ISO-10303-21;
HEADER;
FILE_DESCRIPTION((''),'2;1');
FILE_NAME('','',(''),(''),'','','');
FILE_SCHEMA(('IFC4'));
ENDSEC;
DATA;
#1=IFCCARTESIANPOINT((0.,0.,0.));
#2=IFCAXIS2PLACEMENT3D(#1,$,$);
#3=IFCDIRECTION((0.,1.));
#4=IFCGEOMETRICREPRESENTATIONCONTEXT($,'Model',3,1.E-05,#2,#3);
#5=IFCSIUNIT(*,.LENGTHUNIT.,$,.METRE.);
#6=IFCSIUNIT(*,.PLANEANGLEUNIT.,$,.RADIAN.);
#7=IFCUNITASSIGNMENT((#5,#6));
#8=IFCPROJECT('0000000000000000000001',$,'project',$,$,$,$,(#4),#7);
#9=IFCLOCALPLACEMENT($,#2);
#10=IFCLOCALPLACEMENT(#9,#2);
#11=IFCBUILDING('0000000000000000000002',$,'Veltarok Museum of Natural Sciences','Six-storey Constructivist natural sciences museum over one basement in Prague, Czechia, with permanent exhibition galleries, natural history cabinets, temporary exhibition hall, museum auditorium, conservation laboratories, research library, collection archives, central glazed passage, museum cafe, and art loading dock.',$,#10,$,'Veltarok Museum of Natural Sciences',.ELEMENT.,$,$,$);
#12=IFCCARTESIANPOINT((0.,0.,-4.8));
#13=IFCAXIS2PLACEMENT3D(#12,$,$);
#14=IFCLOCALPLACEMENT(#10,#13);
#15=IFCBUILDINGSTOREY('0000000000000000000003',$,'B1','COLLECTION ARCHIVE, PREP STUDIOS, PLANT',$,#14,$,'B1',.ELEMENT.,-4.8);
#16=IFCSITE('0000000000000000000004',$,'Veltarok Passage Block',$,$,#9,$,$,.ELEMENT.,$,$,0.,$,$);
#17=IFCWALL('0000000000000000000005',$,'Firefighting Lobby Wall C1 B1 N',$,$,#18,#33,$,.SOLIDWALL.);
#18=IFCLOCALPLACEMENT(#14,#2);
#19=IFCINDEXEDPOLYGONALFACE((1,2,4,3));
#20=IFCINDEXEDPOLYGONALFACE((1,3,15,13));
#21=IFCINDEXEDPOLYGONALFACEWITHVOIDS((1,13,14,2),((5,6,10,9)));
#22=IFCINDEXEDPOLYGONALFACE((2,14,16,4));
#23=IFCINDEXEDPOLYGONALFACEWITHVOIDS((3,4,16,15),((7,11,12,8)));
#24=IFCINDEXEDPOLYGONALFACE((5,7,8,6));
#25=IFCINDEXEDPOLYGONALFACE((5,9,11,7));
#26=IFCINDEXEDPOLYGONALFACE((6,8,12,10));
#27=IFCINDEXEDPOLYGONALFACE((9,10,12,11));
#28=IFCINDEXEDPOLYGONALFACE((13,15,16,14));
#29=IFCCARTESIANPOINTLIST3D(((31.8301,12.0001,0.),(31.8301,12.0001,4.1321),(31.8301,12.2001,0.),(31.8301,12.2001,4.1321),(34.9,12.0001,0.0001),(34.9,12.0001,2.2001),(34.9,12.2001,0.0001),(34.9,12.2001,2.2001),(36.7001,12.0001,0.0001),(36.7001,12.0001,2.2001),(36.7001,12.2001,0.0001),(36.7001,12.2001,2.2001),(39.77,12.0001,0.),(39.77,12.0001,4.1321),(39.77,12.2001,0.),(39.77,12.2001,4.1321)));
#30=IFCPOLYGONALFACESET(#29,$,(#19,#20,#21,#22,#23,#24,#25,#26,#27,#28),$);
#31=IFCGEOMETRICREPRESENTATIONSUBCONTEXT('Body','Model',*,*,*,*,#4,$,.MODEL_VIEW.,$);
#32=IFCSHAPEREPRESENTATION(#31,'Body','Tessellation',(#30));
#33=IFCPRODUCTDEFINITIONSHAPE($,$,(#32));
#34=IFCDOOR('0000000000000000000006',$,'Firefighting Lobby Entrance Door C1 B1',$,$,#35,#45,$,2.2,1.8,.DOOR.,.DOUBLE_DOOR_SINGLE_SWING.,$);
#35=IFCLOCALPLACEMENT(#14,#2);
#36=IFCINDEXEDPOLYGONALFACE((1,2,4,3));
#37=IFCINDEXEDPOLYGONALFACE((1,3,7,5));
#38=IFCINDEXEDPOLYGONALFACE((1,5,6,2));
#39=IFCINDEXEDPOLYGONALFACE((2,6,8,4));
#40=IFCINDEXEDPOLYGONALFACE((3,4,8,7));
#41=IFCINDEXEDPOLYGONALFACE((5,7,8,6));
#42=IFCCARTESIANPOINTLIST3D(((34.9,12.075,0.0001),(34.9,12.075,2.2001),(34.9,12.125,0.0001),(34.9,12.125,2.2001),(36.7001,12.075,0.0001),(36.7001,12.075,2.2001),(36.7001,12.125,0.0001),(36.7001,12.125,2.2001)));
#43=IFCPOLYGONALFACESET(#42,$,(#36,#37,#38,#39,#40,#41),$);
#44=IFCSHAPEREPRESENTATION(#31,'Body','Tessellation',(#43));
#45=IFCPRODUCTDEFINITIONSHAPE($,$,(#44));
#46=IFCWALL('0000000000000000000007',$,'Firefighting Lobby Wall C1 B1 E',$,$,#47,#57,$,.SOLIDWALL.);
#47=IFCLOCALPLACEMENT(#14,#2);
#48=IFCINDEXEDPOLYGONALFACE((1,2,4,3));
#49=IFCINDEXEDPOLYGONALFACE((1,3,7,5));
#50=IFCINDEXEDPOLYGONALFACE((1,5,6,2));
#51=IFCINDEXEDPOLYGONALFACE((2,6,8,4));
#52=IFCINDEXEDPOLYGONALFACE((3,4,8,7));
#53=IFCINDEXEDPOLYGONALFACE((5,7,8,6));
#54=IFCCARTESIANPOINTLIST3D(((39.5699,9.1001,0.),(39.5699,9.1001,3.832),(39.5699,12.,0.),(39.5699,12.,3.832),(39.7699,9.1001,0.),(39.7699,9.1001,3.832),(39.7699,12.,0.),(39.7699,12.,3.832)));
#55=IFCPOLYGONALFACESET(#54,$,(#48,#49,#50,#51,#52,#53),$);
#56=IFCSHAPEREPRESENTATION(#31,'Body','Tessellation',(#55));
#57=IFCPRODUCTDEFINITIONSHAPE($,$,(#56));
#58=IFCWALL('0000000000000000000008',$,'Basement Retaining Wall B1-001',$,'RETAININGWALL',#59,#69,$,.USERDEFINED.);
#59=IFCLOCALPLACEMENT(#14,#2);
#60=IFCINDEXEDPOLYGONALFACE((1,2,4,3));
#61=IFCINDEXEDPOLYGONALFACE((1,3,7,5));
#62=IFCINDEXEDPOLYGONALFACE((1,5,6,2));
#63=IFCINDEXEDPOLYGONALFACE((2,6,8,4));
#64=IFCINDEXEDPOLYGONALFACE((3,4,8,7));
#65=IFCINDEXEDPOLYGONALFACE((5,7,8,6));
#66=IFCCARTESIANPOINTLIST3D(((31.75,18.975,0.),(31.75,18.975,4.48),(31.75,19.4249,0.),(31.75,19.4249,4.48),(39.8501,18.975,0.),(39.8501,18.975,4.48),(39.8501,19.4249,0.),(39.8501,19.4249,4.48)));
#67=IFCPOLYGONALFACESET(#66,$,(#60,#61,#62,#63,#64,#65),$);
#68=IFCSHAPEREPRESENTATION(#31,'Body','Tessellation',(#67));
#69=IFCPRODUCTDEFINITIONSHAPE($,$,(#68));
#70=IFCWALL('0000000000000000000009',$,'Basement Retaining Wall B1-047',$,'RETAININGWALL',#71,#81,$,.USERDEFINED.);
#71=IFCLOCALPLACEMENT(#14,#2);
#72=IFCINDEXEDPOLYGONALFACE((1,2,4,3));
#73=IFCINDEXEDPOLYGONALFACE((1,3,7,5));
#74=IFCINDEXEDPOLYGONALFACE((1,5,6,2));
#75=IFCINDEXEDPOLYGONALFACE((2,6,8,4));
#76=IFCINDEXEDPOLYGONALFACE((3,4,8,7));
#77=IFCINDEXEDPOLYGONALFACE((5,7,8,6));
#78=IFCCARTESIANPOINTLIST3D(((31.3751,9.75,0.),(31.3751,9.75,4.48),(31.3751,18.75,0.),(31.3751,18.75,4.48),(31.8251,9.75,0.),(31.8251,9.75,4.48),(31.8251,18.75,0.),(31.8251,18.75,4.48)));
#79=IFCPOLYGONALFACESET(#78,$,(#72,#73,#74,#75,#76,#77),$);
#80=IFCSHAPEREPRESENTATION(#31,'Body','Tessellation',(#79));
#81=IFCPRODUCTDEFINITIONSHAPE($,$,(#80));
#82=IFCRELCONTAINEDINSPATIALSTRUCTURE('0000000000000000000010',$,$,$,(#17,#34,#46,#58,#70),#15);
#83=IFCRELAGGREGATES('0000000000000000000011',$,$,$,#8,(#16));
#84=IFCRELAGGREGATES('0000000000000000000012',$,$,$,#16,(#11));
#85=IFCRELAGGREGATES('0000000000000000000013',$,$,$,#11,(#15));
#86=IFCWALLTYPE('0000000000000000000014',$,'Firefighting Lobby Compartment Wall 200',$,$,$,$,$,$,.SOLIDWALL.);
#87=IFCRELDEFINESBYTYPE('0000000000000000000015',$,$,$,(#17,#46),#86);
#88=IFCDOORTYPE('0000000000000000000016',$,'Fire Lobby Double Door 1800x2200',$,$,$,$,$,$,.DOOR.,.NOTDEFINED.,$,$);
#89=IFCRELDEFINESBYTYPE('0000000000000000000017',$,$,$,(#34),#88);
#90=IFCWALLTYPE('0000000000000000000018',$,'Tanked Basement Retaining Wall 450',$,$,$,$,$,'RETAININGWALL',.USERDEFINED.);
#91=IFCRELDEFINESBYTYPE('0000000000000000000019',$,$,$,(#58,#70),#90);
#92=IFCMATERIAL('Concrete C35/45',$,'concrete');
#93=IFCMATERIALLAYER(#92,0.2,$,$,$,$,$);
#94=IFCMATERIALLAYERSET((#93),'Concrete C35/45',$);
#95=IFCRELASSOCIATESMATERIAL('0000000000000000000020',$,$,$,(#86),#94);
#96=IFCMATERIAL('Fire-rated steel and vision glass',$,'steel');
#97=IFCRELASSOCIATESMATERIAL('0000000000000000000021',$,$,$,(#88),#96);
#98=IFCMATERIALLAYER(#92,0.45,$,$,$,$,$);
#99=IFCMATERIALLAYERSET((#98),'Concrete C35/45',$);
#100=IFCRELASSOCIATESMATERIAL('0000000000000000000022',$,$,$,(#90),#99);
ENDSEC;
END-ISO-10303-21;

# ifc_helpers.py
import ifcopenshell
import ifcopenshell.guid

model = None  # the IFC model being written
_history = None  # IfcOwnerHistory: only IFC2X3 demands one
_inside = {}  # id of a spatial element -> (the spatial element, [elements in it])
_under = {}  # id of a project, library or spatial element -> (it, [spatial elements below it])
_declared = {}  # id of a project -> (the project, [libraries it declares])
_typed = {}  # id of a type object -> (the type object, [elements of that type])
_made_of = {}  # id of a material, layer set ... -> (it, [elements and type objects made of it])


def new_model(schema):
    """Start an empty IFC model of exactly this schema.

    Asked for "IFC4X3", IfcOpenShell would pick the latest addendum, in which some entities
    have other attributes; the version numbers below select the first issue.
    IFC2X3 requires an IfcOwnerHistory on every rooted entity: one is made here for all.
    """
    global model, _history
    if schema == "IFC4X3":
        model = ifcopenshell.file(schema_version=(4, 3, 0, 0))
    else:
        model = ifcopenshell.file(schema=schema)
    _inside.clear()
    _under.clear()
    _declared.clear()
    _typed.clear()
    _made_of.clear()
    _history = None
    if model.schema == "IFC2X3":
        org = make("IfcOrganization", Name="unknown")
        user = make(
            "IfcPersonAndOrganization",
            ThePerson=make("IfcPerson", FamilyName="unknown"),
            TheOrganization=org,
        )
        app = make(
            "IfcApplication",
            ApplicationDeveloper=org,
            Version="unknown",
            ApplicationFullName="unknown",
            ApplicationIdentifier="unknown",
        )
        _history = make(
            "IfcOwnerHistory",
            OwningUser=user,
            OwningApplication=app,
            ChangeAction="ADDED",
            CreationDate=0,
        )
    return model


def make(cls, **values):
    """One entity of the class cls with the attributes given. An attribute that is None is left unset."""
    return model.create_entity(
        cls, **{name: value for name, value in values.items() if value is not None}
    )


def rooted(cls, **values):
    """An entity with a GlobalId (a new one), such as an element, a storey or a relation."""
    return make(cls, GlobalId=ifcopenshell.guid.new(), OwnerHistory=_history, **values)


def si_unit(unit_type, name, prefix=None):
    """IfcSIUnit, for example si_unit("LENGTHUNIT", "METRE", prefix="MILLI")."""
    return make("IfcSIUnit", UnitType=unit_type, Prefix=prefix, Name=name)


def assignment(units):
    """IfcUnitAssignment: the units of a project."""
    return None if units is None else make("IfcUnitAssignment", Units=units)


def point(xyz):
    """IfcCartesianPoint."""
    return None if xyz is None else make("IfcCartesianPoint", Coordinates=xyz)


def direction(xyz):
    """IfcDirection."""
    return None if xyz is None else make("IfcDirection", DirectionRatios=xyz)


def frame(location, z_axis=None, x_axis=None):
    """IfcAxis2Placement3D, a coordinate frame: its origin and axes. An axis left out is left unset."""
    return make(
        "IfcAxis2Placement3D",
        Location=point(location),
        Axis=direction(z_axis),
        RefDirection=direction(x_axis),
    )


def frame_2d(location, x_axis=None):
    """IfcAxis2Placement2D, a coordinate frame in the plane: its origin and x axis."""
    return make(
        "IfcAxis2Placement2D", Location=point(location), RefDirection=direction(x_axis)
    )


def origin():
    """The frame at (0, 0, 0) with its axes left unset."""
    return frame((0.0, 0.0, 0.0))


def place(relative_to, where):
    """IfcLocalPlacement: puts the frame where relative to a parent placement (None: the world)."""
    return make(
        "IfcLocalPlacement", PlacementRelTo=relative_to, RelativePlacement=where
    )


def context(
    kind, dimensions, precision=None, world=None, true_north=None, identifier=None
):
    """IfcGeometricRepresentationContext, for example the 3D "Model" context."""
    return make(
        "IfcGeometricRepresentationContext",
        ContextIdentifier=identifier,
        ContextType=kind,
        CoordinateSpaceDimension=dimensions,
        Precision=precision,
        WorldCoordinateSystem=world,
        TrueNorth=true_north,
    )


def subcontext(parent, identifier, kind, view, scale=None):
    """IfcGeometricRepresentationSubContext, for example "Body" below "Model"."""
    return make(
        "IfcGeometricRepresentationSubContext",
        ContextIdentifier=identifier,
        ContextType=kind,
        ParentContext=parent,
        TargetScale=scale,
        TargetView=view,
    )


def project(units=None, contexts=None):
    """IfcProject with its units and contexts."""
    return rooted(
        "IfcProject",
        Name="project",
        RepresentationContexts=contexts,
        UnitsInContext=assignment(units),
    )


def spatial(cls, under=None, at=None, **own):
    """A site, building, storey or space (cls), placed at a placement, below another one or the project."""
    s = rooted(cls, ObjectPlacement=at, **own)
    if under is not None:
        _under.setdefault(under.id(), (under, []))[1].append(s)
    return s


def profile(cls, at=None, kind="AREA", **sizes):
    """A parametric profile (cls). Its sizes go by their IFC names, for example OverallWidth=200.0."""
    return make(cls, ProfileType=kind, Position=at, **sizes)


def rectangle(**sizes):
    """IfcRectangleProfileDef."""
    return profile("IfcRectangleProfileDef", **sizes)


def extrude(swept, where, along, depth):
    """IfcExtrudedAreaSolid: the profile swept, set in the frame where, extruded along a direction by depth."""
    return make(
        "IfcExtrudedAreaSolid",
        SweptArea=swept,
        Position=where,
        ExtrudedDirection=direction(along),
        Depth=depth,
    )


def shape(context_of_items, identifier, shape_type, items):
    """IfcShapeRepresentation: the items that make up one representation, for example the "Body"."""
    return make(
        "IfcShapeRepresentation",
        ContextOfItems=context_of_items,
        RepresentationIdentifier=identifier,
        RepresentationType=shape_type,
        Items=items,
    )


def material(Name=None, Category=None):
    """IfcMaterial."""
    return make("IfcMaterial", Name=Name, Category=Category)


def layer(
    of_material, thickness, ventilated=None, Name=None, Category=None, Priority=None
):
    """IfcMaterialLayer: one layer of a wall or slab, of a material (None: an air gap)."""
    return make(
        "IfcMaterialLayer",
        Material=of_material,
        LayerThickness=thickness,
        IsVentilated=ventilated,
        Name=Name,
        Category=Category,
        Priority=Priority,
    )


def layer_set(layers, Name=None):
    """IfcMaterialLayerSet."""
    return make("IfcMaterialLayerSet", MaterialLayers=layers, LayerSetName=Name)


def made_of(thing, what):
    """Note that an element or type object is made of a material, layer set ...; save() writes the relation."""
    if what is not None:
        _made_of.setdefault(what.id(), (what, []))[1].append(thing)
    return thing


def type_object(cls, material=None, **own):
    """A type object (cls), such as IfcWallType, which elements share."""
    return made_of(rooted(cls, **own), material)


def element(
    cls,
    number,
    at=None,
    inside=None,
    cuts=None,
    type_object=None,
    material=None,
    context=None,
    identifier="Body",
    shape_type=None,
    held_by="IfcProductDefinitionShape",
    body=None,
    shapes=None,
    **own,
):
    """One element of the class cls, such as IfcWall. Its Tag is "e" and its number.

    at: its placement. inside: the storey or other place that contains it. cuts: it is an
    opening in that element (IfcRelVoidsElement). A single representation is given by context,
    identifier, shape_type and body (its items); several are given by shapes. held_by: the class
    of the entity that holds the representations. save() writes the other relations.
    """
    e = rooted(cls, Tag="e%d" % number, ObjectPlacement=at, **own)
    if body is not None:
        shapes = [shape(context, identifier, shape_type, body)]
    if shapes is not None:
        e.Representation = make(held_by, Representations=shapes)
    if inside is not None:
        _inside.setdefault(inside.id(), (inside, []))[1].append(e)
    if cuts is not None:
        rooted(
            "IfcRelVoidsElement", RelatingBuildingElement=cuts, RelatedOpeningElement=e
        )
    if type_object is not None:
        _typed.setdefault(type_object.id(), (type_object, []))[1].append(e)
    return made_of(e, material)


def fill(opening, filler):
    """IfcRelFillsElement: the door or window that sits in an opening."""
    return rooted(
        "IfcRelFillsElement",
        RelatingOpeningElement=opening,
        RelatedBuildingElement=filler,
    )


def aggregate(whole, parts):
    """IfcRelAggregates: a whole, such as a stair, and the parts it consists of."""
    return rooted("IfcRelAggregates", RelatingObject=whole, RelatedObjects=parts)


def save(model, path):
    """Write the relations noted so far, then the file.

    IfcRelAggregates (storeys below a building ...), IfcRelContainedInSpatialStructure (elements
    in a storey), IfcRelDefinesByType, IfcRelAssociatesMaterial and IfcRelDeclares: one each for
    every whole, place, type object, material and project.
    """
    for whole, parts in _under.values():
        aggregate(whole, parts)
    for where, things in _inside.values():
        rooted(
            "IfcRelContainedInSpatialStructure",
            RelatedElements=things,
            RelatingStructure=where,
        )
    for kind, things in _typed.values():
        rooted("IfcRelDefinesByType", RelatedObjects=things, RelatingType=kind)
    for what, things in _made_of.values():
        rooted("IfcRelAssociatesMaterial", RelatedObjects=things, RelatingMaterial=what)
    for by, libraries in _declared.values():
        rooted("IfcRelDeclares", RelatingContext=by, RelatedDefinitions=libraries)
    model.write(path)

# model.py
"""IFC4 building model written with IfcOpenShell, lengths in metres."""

from ifc_helpers import new_model, si_unit, direction, frame, frame_2d, origin, place, context, subcontext, project, spatial, rectangle, extrude, material, layer, layer_set, type_object, element, fill, save


model = new_model("IFC4")

# Units and contexts
model_context = context("Model", 3, precision=1e-05, world=origin(), true_north=direction((0.0, 1.0)))
body_context = subcontext(model_context, "Body", "Model", "MODEL_VIEW")
ifc_project = project(units=[si_unit("LENGTHUNIT", "METRE"), si_unit("PLANEANGLEUNIT", "RADIAN")], contexts=[model_context])

# Site, building, storey
site_placement = place(None, origin())
site = spatial("IfcSite", under=ifc_project, at=site_placement, Name="Veltarok Passage Block", CompositionType="ELEMENT", RefElevation=0.0)
building_placement = place(site_placement, origin())
building = spatial("IfcBuilding", under=site, at=building_placement, Name="Veltarok Museum of Natural Sciences", Description="Six-storey Constructivist natural sciences museum over one basement in Prague, Czechia, with permanent exhibition galleries, natural history cabinets, temporary exhibition hall, museum auditorium, conservation laboratories, research library, collection archives, central glazed passage, museum cafe, and art loading dock.", LongName="Veltarok Museum of Natural Sciences", CompositionType="ELEMENT")
storey_placement = place(building_placement, frame((0.0, 0.0, -4.8)))
storey = spatial("IfcBuildingStorey", under=building, at=storey_placement, Name="B1", Description="COLLECTION ARCHIVE, PREP STUDIOS, PLANT", LongName="B1", CompositionType="ELEMENT", Elevation=-4.8)

# Shared definitions
ifc_material_1 = material(Name="Concrete C35/45", Category="concrete")

# Wall, opening, door
ifc_layer_1 = layer(ifc_material_1, 0.2)
ifc_layer_set_1 = layer_set([ifc_layer_1], Name="Concrete C35/45")
wall_type_1 = type_object("IfcWallType", Name="Firefighting Lobby Compartment Wall 200", PredefinedType="SOLIDWALL", material=ifc_layer_set_1)
wall_1_placement = place(storey_placement, frame((31.8301, 12.1001, 0.0), z_axis=(0.0, 0.0, 1.0), x_axis=(1.0, 0.0, 0.0)))
wall_1 = element("IfcWall", 1, at=wall_1_placement, inside=storey, type_object=wall_type_1, Name="Firefighting Lobby Wall C1 B1 N", PredefinedType="SOLIDWALL", context=body_context, shape_type="SweptSolid", body=[
    extrude(rectangle(XDim=7.9399, YDim=0.2, at=frame_2d((3.97, 0.0))), origin(), (0.0, 0.0, 1.0), 4.1321),
])
opening_placement = place(wall_1_placement, frame((3.0701, 0.0, 0.0)))
opening = element("IfcOpeningElement", 2, at=opening_placement, cuts=wall_1, PredefinedType="OPENING", context=body_context, shape_type="SweptSolid", body=[
    extrude(rectangle(XDim=1.8, YDim=2.2, at=frame_2d((0.8999, 1.1001))), frame((0.0, 0.1099, 0.0), z_axis=(0.0, -1.0, 0.0), x_axis=(1.0, 0.0, 0.0)), (0.0, 0.0, 1.0), 0.22),
])
ifc_material_2 = material(Name="Fire-rated steel and vision glass", Category="steel")
door_type = type_object("IfcDoorType", Name="Fire Lobby Double Door 1800x2200", OperationType="NOTDEFINED", PredefinedType="DOOR", material=ifc_material_2)
door_placement = place(opening_placement, origin())
door = element("IfcDoor", 3, at=door_placement, inside=storey, type_object=door_type, Name="Firefighting Lobby Entrance Door C1 B1", OperationType="DOUBLE_DOOR_SINGLE_SWING", OverallHeight=2.2, OverallWidth=1.8, PredefinedType="DOOR", context=body_context, shape_type="SweptSolid", body=[
    extrude(rectangle(XDim=1.8, YDim=2.2, at=frame_2d((0.8999, 1.1001))), frame((0.0, 0.0249, 0.0), z_axis=(0.0, -1.0, 0.0), x_axis=(1.0, 0.0, 0.0)), (0.0, 0.0, 1.0), 0.05),
])
fill(opening, door)

# Walls
wall_2_placement = place(storey_placement, frame((39.6699, 12.0, 0.0), z_axis=(0.0, 0.0, 1.0), x_axis=(0.0, -1.0, 0.0)))
element("IfcWall", 4, at=wall_2_placement, inside=storey, type_object=wall_type_1, Name="Firefighting Lobby Wall C1 B1 E", PredefinedType="SOLIDWALL", context=body_context, shape_type="SweptSolid", body=[
    extrude(rectangle(XDim=2.8999, YDim=0.2, at=frame_2d((1.45, 0.0))), origin(), (0.0, 0.0, 1.0), 3.832),
])
ifc_layer_2 = layer(ifc_material_1, 0.45)
ifc_layer_set_2 = layer_set([ifc_layer_2], Name="Concrete C35/45")
wall_type_2 = type_object("IfcWallType", Name="Tanked Basement Retaining Wall 450", ElementType="RETAININGWALL", PredefinedType="USERDEFINED", material=ifc_layer_set_2)
wall_3_placement = place(storey_placement, frame((31.75, 19.2, 0.0), z_axis=(0.0, 0.0, 1.0), x_axis=(1.0, 0.0, 0.0)))
element("IfcWall", 5, at=wall_3_placement, inside=storey, type_object=wall_type_2, Name="Basement Retaining Wall B1-001", ObjectType="RETAININGWALL", PredefinedType="USERDEFINED", context=body_context, shape_type="SweptSolid", body=[
    extrude(rectangle(XDim=8.1001, YDim=0.45, at=frame_2d((4.05, 0.0))), origin(), (0.0, 0.0, 1.0), 4.48),
])
wall_4_placement = place(storey_placement, frame((31.6001, 9.75, 0.0), z_axis=(0.0, 0.0, 1.0), x_axis=(0.0, 1.0, 0.0)))
element("IfcWall", 6, at=wall_4_placement, inside=storey, type_object=wall_type_2, Name="Basement Retaining Wall B1-047", ObjectType="RETAININGWALL", PredefinedType="USERDEFINED", context=body_context, shape_type="SweptSolid", body=[
    extrude(rectangle(XDim=9.0, YDim=0.45, at=frame_2d((4.5, 0.0))), origin(), (0.0, 0.0, 1.0), 4.48),
])

save(model, "model.ifc")
